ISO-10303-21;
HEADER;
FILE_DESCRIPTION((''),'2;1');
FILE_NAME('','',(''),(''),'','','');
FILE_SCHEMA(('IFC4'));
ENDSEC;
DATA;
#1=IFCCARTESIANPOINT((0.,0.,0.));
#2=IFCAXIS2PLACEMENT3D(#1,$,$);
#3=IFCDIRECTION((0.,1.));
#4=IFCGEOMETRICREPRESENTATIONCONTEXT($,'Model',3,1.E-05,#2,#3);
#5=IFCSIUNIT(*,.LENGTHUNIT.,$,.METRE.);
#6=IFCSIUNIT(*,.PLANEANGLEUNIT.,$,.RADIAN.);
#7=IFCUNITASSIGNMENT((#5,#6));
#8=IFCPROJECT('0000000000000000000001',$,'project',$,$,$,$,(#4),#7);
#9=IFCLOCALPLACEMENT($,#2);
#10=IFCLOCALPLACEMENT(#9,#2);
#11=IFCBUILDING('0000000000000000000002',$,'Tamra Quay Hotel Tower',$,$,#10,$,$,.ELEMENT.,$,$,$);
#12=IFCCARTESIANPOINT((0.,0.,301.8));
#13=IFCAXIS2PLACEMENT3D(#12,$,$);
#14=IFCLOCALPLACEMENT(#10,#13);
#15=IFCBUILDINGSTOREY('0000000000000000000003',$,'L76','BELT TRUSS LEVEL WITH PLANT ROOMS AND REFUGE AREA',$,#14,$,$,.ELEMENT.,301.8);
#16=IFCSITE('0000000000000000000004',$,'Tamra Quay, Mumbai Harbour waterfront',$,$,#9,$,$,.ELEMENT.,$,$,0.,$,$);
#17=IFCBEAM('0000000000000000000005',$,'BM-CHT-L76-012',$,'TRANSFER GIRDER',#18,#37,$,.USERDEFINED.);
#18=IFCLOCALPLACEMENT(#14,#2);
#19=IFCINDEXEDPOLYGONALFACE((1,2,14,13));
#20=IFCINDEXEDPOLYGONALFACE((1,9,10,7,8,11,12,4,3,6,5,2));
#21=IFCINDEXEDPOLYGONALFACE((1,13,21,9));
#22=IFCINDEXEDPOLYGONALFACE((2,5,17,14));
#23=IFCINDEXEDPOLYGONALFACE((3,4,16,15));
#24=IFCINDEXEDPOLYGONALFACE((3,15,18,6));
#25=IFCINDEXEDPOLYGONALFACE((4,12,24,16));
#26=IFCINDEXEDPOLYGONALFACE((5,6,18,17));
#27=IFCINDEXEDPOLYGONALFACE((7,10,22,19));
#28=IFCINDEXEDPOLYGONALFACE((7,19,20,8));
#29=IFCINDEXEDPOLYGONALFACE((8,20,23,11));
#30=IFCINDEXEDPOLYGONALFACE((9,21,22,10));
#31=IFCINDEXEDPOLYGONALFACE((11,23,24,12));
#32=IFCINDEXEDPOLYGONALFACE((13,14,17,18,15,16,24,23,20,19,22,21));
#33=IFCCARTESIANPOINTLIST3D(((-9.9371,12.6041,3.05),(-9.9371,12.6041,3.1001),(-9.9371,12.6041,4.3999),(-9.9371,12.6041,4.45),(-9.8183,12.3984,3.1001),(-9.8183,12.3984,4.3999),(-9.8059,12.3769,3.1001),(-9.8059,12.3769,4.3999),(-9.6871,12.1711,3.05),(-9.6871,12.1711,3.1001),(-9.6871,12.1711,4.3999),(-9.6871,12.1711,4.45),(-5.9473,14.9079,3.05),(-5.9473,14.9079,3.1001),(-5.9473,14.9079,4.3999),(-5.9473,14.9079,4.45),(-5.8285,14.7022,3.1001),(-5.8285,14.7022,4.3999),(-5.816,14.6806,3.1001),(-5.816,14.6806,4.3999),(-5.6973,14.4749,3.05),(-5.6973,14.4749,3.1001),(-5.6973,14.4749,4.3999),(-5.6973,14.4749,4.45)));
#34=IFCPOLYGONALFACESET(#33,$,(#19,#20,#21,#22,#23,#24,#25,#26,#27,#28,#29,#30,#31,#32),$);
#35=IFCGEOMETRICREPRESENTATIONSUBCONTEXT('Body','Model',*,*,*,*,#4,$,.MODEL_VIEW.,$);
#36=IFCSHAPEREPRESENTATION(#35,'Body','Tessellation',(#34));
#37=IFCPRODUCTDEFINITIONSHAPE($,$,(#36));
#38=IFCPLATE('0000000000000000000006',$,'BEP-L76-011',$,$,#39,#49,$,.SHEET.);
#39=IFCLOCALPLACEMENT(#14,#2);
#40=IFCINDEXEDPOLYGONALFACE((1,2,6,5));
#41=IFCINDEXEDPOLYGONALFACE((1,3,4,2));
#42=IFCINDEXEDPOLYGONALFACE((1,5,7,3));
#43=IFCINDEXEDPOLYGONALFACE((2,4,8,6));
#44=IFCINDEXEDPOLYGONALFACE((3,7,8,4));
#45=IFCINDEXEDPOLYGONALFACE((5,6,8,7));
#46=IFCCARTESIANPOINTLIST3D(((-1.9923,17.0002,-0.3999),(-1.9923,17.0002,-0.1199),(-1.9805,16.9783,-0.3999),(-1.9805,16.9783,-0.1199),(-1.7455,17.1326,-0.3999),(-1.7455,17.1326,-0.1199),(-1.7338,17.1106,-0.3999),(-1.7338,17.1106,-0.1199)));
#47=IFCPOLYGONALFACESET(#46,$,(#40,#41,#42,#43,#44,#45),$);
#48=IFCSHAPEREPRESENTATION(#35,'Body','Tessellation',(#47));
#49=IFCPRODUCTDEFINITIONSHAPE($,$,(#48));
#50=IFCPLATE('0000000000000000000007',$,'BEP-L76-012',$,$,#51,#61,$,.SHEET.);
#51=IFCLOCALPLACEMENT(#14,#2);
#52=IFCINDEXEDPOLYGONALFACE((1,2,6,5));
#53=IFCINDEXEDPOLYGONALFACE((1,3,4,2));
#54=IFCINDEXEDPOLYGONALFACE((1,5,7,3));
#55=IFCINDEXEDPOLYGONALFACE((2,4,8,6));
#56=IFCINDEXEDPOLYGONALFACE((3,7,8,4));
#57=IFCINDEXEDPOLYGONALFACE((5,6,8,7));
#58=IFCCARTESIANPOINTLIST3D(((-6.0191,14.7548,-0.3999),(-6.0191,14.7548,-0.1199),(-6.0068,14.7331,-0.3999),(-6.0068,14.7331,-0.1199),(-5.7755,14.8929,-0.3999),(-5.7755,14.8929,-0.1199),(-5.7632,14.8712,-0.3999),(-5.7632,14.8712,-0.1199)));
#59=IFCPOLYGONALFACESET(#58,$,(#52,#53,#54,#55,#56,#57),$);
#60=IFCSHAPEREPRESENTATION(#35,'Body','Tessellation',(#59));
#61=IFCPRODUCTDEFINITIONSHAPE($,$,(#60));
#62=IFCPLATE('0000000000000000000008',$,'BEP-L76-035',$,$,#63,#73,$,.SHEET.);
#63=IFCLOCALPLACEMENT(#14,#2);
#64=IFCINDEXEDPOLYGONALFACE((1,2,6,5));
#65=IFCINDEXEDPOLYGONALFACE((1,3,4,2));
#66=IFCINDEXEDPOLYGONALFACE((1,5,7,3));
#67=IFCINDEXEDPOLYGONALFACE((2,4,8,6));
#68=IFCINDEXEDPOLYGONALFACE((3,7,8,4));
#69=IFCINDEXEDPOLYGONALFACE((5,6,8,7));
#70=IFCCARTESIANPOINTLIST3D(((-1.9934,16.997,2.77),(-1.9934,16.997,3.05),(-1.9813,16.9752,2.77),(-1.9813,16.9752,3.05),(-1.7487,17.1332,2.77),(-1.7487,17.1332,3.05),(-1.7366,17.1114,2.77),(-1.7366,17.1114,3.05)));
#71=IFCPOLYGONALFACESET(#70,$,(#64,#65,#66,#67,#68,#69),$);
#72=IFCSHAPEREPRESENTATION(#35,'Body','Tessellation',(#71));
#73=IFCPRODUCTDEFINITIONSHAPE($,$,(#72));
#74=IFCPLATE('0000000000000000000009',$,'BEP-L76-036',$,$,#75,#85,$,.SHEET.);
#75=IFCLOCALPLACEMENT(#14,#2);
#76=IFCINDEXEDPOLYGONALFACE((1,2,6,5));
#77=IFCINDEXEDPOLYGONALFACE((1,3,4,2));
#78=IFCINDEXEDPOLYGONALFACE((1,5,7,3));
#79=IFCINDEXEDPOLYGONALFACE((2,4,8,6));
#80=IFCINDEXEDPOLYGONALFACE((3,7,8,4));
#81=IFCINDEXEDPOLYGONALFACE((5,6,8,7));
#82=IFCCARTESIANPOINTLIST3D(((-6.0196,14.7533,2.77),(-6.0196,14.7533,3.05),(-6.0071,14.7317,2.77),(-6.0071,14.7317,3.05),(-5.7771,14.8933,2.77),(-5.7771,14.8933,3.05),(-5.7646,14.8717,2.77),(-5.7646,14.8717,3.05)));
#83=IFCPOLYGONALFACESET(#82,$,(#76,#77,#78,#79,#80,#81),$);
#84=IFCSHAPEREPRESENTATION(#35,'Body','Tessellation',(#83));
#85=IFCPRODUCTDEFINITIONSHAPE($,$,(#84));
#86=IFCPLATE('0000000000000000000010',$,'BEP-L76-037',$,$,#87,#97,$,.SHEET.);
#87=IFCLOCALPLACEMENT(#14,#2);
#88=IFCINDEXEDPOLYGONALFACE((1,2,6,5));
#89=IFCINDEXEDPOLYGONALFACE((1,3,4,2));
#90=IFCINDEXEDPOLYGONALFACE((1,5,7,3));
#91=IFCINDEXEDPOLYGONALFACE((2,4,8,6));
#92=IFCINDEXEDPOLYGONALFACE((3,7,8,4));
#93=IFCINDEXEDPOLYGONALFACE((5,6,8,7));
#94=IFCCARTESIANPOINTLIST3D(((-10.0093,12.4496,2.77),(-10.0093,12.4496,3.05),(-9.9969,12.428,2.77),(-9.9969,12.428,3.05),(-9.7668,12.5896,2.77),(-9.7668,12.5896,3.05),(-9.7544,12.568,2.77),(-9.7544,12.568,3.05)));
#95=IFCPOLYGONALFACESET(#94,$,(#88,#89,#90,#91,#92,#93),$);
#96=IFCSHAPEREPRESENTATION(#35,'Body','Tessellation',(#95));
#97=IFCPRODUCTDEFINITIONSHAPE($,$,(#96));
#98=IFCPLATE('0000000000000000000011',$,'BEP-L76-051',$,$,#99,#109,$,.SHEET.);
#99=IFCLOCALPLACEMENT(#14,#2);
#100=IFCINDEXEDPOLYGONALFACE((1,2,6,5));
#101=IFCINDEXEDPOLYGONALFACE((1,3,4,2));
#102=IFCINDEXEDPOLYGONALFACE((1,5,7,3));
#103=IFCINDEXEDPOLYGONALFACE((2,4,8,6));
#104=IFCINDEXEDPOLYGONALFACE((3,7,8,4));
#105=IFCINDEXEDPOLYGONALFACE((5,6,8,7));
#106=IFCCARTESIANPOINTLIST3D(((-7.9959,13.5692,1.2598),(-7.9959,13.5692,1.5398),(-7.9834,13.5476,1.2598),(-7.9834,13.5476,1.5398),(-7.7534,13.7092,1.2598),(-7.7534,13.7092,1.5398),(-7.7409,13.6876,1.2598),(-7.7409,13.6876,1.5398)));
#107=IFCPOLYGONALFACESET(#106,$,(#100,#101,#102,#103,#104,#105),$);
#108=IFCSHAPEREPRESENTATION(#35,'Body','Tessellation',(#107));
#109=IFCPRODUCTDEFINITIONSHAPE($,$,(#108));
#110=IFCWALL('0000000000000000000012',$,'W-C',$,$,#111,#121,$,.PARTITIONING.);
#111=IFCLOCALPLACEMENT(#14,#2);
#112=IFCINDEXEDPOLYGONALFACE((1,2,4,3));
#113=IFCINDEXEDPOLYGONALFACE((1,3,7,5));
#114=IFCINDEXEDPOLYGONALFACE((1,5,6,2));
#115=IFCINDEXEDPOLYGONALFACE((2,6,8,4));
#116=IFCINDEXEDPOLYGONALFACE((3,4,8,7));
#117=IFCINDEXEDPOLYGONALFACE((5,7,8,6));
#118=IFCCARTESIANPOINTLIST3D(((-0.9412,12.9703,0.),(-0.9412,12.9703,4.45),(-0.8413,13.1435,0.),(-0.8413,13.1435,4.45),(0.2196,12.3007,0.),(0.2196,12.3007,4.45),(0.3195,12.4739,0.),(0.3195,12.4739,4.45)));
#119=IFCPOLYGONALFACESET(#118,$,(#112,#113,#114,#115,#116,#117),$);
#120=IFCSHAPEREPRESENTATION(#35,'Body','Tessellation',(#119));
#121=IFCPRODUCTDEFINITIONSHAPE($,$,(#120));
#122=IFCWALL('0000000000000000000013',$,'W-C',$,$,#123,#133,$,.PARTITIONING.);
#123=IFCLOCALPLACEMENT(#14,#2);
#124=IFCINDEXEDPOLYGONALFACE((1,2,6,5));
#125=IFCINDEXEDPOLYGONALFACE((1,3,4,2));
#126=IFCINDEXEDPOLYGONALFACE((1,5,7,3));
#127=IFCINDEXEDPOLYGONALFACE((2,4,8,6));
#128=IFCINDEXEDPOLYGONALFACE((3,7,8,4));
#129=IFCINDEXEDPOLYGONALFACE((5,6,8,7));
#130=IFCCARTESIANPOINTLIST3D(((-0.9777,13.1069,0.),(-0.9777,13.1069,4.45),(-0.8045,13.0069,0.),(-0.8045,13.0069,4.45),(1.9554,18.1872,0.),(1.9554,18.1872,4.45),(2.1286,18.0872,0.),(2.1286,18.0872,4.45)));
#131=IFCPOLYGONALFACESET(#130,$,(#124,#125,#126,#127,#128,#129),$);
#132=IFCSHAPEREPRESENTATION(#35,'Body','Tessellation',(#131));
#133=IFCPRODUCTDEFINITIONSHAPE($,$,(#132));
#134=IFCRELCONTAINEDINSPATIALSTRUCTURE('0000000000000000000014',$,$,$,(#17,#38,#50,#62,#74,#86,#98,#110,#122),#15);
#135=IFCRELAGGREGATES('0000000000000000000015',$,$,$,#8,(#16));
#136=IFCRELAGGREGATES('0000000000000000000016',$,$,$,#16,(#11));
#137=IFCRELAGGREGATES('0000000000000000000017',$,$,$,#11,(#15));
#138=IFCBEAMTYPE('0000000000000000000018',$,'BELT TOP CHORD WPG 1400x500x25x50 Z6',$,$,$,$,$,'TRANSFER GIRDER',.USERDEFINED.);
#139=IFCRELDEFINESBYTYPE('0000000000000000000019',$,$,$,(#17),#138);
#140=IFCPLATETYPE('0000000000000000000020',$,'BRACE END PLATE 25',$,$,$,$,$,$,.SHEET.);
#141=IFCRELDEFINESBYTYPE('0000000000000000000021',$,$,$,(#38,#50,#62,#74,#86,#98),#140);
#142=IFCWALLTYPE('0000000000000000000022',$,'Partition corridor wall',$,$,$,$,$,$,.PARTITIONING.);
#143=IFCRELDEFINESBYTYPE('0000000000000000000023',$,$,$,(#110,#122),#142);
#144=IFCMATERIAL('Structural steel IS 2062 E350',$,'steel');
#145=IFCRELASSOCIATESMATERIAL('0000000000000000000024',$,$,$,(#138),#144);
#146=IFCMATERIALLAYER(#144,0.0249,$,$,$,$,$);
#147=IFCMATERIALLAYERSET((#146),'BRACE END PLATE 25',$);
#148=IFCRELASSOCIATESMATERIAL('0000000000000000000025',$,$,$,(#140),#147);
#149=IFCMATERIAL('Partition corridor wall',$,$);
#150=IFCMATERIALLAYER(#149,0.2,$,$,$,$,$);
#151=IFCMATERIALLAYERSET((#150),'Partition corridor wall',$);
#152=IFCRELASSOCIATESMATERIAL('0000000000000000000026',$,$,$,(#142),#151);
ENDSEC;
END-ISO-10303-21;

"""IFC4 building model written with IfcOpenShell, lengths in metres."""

from ifc_helpers import new_model, si_unit, direction, frame, frame_2d, origin, origin_2d, place, context, subcontext, project, spatial, rectangle, i_section, extrude, material, layer, layer_set, material_profile, profile_set, type_object, element, save


model = new_model("IFC4")

# Units and contexts
model_context = context("Model", 3, precision=1e-05, world=origin(), true_north=direction((0.0, 1.0)))
body_context = subcontext(model_context, "Body", "Model", "MODEL_VIEW")
ifc_project = project(units=[si_unit("LENGTHUNIT", "METRE"), si_unit("PLANEANGLEUNIT", "RADIAN")], contexts=[model_context])

# Site, building, storey
site_placement = place(None, origin())
site = spatial("IfcSite", under=ifc_project, at=site_placement, Name="Tamra Quay, Mumbai Harbour waterfront", CompositionType="ELEMENT", RefElevation=0.0)
building_placement = place(site_placement, origin())
building = spatial("IfcBuilding", under=site, at=building_placement, Name="Tamra Quay Hotel Tower", CompositionType="ELEMENT")
storey_placement = place(building_placement, frame((0.0, 0.0, 301.8)))
storey = spatial("IfcBuildingStorey", under=building, at=storey_placement, Name="L76", Description="BELT TRUSS LEVEL WITH PLANT ROOMS AND REFUGE AREA", CompositionType="ELEMENT", Elevation=301.8)

# Shared definitions
ifc_material_1 = material(Name="Structural steel IS 2062 E350", Category="steel")

# Beam
ifc_material_profile_1 = material_profile(ifc_material_1, i_section(OverallWidth=0.5, OverallDepth=1.3999, WebThickness=0.0249, FlangeThickness=0.05, at=origin_2d()), Name="WPG 1400x500x25x50")
ifc_profile_set_1 = profile_set([ifc_material_profile_1], Name="Structural steel IS 2062 E350")
beam_type_1 = type_object("IfcBeamType", Name="BELT TOP CHORD WPG 1400x500x25x50 Z6", ElementType="TRANSFER GIRDER", PredefinedType="USERDEFINED", material=ifc_profile_set_1)
beam_1_placement = place(storey_placement, frame((-5.8223, 14.6914, 3.75), z_axis=(-0.866004, -0.500037, 0.0), x_axis=(0.500037, -0.866004, 0.0)))
element("IfcBeam", 1, at=beam_1_placement, inside=storey, type_object=beam_type_1, Name="BM-CHT-L76-012", ObjectType="TRANSFER GIRDER", PredefinedType="USERDEFINED", context=body_context, shape_type="SweptSolid", body=[
    extrude(i_section(OverallWidth=0.5, OverallDepth=1.3999, WebThickness=0.0249, FlangeThickness=0.05, at=origin_2d()), origin(), (0.0, 0.0, 1.0), 4.6072),
])

# Plates
ifc_layer_1 = layer(ifc_material_1, 0.0249)
ifc_layer_set_1 = layer_set([ifc_layer_1], Name="BRACE END PLATE 25")
plate_type = type_object("IfcPlateType", Name="BRACE END PLATE 25", PredefinedType="SHEET", material=ifc_layer_set_1)
for number, where, z_axis, x_axis, name in (
    (2, (-1.863, 17.0554, -0.3999), (0.0, 0.0, 1.0), (-0.472692, 0.881228, 0.0), "BEP-L76-011"),
    (3, (-5.8911, 14.813, -0.3999), (0.0, 0.0, 1.0), (-0.493219, 0.869905, 0.0), "BEP-L76-012"),
    (4, (-1.865, 17.0542, 2.77), (0.0, 0.0, 1.0), (-0.48641, 0.873731, 0.0), "BEP-L76-035"),
    (5, (-5.8921, 14.8125, 2.77), (0.0, 0.0, 1.0), (-0.499998, 0.866026, 0.0), "BEP-L76-036"),
    (6, (-9.8818, 12.5088, 2.77), (0.0, 0.0, 1.0), (-0.499998, 0.866026, 0.0), "BEP-L76-037"),
    (7, (-7.8684, 13.6284, 1.2598), (0.0, 0.0, 1.0), (-0.499998, 0.866026, 0.0), "BEP-L76-051"),
):
    element("IfcPlate", number, at=place(storey_placement, frame(where, z_axis=z_axis, x_axis=x_axis)), inside=storey, type_object=plate_type, Name=name, PredefinedType="SHEET", context=body_context, shape_type="SweptSolid", body=[
        extrude(rectangle(XDim=0.0249, YDim=0.28, at=origin_2d()), origin(), (0.0, 0.0, 1.0), 0.28),
    ])

# Walls
ifc_material_2 = material(Name="Partition corridor wall")
ifc_layer_2 = layer(ifc_material_2, 0.2)
ifc_layer_set_2 = layer_set([ifc_layer_2], Name="Partition corridor wall")
wall_type = type_object("IfcWallType", Name="Partition corridor wall", PredefinedType="PARTITIONING", material=ifc_layer_set_2)
wall_1_placement = place(storey_placement, frame((-0.8911, 13.0569, 0.0), z_axis=(0.0, 0.0, 1.0), x_axis=(0.866207, -0.499686, 0.0)))
element("IfcWall", 8, at=wall_1_placement, inside=storey, type_object=wall_type, Name="W-C", PredefinedType="PARTITIONING", context=body_context, shape_type="SweptSolid", body=[
    extrude(rectangle(XDim=1.3401, YDim=0.2, at=frame_2d((0.6699, 0.0))), origin(), (0.0, 0.0, 1.0), 4.45),
])
wall_2_placement = place(storey_placement, frame((-0.8911, 13.0569, 0.0), z_axis=(0.0, 0.0, 1.0), x_axis=(0.499997, 0.866027, 0.0)))
element("IfcWall", 9, at=wall_2_placement, inside=storey, type_object=wall_type, Name="W-C", PredefinedType="PARTITIONING", context=body_context, shape_type="SweptSolid", body=[
    extrude(rectangle(XDim=5.8662, YDim=0.2, at=frame_2d((2.9331, 0.0))), origin(), (0.0, 0.0, 1.0), 4.45),
])

save(model, "model.ifc")
